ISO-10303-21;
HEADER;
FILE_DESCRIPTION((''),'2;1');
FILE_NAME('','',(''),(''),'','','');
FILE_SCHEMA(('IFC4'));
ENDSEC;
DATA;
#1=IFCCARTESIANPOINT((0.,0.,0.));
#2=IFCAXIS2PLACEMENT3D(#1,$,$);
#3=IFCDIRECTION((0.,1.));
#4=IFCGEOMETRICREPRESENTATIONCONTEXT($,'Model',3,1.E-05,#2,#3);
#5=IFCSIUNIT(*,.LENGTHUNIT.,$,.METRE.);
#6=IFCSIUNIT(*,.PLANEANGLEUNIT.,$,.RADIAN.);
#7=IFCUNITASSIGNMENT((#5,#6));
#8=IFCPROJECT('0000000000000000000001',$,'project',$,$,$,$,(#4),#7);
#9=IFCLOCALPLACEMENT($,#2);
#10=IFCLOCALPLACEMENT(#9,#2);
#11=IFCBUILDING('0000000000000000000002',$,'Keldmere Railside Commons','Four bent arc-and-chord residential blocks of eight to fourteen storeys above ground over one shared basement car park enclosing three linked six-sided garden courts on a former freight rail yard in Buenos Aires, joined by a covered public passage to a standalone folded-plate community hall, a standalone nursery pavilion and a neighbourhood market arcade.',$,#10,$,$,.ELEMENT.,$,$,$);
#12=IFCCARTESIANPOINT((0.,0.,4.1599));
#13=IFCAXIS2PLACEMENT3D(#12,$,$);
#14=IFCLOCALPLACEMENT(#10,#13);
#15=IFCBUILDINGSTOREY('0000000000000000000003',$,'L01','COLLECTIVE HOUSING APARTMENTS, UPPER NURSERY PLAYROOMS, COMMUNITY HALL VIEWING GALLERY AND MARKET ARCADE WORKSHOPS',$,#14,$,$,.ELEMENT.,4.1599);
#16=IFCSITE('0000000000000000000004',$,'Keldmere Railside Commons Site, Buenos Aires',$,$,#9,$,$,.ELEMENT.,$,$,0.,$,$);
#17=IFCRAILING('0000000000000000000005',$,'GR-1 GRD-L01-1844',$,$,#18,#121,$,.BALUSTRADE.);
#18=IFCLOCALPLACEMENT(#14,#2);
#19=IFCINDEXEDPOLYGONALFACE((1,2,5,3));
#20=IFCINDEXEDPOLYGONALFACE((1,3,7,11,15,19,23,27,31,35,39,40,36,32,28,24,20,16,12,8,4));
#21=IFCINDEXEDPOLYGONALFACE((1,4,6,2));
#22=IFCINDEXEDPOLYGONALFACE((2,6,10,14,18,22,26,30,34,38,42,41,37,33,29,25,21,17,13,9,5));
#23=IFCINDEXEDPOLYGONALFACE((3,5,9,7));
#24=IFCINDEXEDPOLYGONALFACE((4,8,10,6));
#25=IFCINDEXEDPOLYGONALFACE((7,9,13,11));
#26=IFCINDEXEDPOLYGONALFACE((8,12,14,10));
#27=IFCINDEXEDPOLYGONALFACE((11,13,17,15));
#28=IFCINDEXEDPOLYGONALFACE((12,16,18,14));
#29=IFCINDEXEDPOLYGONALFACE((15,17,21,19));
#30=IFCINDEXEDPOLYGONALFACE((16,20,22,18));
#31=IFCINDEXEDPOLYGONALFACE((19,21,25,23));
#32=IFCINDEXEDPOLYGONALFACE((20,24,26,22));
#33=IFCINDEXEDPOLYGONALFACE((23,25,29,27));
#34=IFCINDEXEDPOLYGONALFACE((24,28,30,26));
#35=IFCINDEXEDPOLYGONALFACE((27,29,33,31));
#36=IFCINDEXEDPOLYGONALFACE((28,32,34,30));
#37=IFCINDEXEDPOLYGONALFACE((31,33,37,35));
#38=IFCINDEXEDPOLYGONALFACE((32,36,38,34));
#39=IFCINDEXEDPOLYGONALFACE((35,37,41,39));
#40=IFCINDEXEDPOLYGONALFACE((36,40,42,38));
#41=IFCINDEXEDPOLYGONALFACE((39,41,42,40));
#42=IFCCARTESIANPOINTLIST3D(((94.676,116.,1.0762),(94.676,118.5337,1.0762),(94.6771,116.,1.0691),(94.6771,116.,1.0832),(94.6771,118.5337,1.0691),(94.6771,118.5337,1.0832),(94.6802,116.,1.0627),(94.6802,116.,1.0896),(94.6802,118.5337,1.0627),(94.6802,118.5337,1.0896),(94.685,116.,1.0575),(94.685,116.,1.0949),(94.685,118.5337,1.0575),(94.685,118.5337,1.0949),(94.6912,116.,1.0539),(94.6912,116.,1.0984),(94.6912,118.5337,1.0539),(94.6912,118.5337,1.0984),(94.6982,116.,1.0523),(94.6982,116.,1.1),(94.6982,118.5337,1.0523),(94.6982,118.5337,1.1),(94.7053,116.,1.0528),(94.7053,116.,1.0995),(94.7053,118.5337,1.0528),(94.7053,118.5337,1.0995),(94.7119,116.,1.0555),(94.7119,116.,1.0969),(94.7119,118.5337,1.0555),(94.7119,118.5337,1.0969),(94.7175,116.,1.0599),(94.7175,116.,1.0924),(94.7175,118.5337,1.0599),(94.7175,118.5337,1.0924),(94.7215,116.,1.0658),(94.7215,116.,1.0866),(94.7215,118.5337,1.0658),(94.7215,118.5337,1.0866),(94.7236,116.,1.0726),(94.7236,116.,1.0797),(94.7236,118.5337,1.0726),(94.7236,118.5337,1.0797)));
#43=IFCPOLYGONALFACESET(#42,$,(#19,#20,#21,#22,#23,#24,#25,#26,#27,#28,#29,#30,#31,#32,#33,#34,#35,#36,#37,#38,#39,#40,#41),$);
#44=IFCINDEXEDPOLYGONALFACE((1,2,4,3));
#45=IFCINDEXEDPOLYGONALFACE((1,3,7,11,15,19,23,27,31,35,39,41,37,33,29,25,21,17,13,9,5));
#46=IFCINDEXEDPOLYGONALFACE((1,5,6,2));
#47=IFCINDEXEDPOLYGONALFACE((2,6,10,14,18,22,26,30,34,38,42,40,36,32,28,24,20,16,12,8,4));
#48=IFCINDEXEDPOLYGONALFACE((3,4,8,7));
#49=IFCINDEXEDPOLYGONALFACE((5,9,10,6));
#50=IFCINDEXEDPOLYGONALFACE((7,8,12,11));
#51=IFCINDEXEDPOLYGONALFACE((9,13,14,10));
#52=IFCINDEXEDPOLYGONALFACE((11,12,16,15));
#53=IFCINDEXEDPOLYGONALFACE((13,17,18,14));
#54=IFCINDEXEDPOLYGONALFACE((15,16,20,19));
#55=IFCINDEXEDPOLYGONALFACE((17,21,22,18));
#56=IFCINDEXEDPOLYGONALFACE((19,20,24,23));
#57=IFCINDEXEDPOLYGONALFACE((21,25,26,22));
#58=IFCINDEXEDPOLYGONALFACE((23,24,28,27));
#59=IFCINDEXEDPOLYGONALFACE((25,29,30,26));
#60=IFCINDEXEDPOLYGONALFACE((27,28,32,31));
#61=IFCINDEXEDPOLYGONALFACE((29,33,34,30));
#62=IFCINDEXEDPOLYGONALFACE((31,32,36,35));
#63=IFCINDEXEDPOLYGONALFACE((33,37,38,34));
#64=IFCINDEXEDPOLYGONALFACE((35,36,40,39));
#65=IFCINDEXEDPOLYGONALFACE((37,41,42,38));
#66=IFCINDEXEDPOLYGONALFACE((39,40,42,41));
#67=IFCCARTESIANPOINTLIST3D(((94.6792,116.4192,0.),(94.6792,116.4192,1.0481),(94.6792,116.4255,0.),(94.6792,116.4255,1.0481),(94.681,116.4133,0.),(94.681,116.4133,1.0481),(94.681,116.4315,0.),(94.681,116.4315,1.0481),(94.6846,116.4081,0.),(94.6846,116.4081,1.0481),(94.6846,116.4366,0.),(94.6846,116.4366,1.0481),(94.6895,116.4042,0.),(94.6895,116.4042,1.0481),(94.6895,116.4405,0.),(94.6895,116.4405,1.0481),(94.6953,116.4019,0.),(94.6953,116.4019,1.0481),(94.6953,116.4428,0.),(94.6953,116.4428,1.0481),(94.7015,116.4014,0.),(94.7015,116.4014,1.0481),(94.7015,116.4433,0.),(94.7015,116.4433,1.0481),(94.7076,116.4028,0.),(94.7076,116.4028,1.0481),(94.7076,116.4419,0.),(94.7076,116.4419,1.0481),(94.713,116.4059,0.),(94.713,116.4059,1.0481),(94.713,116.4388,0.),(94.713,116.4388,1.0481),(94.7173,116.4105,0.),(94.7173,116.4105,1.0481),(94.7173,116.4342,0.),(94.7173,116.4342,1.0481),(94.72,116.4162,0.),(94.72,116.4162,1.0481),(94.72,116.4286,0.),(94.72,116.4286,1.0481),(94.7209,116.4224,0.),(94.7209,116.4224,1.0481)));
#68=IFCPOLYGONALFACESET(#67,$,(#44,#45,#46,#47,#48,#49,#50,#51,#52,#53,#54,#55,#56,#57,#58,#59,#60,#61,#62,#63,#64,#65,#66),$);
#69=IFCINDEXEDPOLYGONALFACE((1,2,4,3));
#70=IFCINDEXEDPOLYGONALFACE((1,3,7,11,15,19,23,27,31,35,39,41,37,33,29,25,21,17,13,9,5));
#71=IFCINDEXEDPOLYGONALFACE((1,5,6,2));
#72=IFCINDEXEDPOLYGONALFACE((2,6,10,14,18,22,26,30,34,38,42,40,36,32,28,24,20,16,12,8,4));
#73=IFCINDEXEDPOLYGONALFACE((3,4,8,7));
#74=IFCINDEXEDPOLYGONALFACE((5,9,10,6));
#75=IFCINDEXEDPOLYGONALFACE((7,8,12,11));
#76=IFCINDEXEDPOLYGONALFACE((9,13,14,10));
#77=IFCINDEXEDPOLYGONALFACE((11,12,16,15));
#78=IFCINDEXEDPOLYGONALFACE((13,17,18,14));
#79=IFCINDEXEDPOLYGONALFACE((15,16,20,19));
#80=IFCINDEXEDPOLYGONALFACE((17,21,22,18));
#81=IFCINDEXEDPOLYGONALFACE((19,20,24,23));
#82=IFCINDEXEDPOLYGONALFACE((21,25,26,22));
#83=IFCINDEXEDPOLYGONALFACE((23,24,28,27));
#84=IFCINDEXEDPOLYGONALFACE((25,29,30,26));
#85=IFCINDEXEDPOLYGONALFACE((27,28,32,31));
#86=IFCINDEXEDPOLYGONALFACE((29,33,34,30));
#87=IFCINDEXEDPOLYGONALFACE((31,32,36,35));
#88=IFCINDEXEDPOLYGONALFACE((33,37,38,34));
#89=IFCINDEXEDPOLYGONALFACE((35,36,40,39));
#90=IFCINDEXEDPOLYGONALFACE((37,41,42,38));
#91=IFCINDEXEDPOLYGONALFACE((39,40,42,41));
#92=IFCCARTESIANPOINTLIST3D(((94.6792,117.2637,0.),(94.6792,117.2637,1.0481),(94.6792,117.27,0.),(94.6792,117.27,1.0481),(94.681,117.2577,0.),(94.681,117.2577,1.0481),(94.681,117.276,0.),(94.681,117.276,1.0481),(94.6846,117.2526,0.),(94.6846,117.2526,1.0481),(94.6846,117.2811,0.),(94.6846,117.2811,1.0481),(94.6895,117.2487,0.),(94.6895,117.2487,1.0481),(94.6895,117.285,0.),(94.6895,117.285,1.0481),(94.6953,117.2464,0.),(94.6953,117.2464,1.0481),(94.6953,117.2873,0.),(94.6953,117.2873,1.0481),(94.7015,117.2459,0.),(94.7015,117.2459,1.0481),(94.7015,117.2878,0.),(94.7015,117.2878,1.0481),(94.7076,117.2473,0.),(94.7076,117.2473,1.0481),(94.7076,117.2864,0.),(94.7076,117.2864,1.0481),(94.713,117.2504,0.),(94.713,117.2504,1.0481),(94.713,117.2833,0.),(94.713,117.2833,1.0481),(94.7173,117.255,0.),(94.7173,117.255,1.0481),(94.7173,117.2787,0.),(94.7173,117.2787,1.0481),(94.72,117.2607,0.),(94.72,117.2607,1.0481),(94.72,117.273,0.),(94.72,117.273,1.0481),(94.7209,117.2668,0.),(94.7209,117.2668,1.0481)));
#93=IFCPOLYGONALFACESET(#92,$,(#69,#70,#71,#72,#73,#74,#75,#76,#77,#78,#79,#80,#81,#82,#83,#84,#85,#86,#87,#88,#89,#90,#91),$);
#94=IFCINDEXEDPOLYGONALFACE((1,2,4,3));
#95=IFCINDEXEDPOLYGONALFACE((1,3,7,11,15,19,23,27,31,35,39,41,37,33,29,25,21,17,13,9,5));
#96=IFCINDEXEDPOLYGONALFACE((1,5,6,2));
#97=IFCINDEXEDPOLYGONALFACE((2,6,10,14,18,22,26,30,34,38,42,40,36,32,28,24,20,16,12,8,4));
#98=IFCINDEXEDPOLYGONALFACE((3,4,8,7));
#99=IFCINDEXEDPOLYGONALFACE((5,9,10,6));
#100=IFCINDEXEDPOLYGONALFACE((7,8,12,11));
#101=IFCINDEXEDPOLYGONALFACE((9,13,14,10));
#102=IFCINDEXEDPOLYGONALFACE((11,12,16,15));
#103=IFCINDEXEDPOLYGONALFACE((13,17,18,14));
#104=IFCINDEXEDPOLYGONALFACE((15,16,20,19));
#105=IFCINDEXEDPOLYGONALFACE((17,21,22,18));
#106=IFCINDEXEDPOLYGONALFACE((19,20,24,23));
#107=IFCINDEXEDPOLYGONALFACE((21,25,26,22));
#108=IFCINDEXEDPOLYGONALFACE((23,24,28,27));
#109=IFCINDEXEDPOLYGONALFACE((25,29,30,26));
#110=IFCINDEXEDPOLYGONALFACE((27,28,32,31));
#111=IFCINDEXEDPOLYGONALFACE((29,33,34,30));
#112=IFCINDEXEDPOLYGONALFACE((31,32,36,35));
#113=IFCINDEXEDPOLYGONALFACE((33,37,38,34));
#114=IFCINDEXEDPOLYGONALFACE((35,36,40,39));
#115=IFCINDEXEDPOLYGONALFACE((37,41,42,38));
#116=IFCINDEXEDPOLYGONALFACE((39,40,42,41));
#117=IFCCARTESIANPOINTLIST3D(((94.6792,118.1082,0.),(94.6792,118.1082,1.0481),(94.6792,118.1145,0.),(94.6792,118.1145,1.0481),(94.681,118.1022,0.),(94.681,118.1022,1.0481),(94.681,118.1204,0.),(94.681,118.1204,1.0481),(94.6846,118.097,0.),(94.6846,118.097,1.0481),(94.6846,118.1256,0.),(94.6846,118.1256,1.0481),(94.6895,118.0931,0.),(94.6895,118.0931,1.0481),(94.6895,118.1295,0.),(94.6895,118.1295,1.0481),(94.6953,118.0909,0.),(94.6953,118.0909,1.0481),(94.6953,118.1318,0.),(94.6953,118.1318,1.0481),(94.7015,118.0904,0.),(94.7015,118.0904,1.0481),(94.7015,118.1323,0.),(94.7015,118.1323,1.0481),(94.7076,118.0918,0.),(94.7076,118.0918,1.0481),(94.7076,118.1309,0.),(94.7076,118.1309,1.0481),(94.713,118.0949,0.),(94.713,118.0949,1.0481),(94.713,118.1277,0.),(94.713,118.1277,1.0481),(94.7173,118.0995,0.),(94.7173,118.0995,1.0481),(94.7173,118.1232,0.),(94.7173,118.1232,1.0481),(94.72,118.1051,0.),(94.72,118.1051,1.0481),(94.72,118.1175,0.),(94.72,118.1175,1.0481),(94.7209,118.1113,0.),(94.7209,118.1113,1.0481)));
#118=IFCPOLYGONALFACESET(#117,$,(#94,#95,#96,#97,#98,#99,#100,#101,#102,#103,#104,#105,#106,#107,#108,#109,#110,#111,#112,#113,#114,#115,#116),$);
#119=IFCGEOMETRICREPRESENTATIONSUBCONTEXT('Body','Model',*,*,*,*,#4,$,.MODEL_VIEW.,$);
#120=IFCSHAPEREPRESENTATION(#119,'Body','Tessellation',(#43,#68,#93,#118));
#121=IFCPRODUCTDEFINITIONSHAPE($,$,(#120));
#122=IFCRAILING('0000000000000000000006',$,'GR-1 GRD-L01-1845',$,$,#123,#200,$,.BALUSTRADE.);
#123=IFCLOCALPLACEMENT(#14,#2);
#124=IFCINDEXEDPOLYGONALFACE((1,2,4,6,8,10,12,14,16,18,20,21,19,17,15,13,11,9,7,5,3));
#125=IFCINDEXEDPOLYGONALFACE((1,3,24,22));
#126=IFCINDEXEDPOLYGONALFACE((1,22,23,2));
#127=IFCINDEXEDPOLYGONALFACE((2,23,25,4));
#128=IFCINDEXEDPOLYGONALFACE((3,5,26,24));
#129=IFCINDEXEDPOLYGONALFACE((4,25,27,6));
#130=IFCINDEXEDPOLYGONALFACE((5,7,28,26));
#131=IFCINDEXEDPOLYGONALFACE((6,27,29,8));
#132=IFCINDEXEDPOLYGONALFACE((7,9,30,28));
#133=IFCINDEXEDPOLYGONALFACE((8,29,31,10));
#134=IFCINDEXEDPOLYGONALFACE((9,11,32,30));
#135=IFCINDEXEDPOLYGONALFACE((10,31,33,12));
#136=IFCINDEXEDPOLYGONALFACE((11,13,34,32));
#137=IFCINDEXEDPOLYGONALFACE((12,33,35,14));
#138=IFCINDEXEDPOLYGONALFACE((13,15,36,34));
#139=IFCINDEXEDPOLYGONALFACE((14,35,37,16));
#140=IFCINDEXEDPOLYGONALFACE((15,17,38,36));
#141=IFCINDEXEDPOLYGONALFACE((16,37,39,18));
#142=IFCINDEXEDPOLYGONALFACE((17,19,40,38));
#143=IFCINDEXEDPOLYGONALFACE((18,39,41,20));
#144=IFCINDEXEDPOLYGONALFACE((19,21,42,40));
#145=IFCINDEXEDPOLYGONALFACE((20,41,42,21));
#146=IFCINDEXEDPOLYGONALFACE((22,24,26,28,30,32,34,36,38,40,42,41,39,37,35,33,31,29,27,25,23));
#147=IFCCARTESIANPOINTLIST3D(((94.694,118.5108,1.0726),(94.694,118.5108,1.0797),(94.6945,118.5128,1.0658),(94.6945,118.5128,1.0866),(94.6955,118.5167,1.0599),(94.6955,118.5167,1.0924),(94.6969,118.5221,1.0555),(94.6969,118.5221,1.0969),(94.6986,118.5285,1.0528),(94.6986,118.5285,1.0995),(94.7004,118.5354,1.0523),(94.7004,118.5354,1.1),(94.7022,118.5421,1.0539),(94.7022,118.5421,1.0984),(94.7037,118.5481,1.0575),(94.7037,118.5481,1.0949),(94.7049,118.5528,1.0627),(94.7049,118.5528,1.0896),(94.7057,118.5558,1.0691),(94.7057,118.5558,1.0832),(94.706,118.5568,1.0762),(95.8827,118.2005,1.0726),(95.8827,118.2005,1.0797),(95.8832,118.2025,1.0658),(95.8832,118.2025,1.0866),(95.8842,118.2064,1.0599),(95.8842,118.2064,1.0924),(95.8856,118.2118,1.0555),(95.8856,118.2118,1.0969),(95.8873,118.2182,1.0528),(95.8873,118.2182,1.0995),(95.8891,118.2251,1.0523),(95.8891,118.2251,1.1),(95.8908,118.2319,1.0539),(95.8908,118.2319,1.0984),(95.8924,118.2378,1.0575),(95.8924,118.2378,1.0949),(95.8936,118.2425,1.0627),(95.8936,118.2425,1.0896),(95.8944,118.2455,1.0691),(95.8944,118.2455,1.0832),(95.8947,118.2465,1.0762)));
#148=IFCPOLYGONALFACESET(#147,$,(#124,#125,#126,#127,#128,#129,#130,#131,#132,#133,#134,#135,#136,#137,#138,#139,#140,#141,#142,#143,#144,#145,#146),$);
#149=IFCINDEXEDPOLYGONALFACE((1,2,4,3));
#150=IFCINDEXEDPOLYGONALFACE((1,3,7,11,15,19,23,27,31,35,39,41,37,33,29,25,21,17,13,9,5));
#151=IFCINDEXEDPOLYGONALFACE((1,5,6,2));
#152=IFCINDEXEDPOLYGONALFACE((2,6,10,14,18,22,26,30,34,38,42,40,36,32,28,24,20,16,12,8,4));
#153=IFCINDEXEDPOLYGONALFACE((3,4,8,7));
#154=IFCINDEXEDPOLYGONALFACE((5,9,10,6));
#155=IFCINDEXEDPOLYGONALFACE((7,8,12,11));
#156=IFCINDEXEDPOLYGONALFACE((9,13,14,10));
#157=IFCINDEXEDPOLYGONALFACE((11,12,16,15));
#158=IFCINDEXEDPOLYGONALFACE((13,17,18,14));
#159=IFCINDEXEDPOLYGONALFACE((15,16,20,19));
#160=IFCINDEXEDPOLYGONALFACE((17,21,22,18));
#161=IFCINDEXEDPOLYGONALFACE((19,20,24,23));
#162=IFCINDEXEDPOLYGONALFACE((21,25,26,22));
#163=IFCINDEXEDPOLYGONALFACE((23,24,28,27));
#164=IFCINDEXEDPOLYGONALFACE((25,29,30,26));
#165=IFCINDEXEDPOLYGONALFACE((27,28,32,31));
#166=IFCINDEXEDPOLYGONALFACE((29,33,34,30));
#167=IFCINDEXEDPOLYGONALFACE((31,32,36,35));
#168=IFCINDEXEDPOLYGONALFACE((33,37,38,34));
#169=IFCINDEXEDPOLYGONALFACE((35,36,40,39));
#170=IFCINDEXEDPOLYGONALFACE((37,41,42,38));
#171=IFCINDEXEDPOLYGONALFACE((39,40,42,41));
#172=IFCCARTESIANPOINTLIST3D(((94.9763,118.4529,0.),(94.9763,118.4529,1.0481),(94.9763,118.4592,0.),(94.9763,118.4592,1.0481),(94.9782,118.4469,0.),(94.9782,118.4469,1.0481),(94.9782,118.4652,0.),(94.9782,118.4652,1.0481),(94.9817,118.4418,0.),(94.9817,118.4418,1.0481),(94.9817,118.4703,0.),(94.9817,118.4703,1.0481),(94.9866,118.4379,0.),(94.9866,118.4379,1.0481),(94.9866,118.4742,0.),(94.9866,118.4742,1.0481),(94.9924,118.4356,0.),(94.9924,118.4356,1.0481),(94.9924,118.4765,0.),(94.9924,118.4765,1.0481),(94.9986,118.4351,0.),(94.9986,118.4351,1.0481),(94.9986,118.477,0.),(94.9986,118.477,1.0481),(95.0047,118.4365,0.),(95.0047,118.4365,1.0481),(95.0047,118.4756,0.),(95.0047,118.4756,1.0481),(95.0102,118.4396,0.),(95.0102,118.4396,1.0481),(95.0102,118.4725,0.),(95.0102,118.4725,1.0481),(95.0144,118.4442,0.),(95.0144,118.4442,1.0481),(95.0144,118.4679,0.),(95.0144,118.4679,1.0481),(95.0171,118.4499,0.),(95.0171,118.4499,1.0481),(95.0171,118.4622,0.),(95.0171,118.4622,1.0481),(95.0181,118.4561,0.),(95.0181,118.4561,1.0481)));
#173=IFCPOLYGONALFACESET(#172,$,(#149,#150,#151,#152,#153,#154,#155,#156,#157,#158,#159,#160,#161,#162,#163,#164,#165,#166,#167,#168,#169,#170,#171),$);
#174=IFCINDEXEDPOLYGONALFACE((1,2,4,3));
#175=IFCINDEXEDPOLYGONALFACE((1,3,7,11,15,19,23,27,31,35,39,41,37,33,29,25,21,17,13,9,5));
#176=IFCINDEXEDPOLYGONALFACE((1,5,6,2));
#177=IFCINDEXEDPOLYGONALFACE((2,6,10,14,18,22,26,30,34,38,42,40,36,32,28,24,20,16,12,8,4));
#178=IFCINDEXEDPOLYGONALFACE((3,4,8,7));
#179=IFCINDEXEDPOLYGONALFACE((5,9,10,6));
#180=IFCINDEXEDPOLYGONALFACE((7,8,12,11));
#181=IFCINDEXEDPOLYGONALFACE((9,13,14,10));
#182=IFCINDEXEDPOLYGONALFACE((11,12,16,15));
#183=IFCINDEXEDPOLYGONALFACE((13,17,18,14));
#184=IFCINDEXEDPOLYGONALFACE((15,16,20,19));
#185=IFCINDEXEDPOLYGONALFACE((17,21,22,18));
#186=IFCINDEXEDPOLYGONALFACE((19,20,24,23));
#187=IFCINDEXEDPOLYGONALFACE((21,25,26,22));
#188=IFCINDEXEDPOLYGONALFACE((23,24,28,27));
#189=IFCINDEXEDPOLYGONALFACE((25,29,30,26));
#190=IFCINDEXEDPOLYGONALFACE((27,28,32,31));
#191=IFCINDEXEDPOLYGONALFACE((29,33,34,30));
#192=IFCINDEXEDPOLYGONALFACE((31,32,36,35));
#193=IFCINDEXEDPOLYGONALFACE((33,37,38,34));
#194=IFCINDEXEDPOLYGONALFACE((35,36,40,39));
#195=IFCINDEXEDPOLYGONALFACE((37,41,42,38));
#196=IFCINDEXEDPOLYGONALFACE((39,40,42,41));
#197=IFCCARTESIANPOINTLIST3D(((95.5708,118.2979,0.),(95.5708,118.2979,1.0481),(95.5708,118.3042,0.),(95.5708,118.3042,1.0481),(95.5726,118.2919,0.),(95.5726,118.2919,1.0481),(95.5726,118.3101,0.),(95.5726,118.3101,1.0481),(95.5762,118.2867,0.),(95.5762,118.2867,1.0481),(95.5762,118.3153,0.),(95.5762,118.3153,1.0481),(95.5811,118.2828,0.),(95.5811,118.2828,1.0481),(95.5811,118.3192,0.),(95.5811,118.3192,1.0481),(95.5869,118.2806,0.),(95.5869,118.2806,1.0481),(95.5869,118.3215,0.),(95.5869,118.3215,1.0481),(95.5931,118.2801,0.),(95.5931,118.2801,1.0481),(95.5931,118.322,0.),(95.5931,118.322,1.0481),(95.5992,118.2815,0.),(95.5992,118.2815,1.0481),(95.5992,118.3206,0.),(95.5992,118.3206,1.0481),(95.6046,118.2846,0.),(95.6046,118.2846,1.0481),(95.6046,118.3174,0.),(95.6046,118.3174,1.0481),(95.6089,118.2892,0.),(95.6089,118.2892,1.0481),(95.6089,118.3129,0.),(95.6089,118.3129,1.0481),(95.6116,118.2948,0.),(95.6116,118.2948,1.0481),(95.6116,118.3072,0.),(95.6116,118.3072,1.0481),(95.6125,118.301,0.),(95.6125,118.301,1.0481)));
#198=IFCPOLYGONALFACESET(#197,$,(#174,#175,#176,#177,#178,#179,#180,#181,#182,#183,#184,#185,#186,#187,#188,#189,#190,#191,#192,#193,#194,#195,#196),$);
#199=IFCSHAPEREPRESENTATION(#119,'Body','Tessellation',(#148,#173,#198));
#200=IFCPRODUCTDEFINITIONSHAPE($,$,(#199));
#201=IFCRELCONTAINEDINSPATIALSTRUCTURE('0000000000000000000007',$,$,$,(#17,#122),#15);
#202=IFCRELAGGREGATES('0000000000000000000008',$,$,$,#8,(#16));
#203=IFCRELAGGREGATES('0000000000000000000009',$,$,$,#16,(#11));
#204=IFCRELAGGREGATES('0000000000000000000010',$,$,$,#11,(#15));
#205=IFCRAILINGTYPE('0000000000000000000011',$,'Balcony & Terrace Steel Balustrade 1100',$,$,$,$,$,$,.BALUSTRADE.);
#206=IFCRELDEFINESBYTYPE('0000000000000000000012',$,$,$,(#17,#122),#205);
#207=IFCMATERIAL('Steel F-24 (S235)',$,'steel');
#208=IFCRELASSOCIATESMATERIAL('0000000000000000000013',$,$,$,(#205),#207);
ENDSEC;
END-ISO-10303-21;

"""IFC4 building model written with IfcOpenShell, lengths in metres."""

from ifc_helpers import new_model, si_unit, direction, frame, origin, origin_2d, place, context, subcontext, project, spatial, circle, extrude, material, type_object, element, save


model = new_model("IFC4")

# Units and contexts
model_context = context("Model", 3, precision=1e-05, world=origin(), true_north=direction((0.0, 1.0)))
body_context = subcontext(model_context, "Body", "Model", "MODEL_VIEW")
ifc_project = project(units=[si_unit("LENGTHUNIT", "METRE"), si_unit("PLANEANGLEUNIT", "RADIAN")], contexts=[model_context])

# Site, building, storey
site_placement = place(None, origin())
site = spatial("IfcSite", under=ifc_project, at=site_placement, Name="Keldmere Railside Commons Site, Buenos Aires", CompositionType="ELEMENT", RefElevation=0.0)
building_placement = place(site_placement, origin())
building = spatial("IfcBuilding", under=site, at=building_placement, Name="Keldmere Railside Commons", Description="Four bent arc-and-chord residential blocks of eight to fourteen storeys above ground over one shared basement car park enclosing three linked six-sided garden courts on a former freight rail yard in Buenos Aires, joined by a covered public passage to a standalone folded-plate community hall, a standalone nursery pavilion and a neighbourhood market arcade.", CompositionType="ELEMENT")
storey_placement = place(building_placement, frame((0.0, 0.0, 4.1599)))
storey = spatial("IfcBuildingStorey", under=building, at=storey_placement, Name="L01", Description="COLLECTIVE HOUSING APARTMENTS, UPPER NURSERY PLAYROOMS, COMMUNITY HALL VIEWING GALLERY AND MARKET ARCADE WORKSHOPS", CompositionType="ELEMENT", Elevation=4.1599)

# Railings
ifc_material_1 = material(Name="Steel F-24 (S235)", Category="steel")
railing_type = type_object("IfcRailingType", Name="Balcony & Terrace Steel Balustrade 1100", PredefinedType="BALUSTRADE", material=ifc_material_1)
railing_1_placement = place(storey_placement, frame((94.7, 116.0, 0.0)))
element("IfcRailing", 1, at=railing_1_placement, inside=storey, type_object=railing_type, Name="GR-1 GRD-L01-1844", PredefinedType="BALUSTRADE", context=body_context, shape_type="SweptSolid", body=[
    extrude(circle(Radius=0.0239, at=origin_2d()), frame((0.0, 0.0, 1.0762), z_axis=(0.0, 1.0, 0.0), x_axis=(-1.0, 0.0, 0.0)), (0.0, 0.0, 1.0), 2.5337),
    extrude(circle(Radius=0.021, at=origin_2d()), frame((0.0, 0.4224, 0.0)), (0.0, 0.0, 1.0), 1.0481),
    extrude(circle(Radius=0.021, at=origin_2d()), frame((0.0, 1.2668, 0.0)), (0.0, 0.0, 1.0), 1.0481),
    extrude(circle(Radius=0.021, at=origin_2d()), frame((0.0, 2.1113, 0.0)), (0.0, 0.0, 1.0), 1.0481),
])
railing_2_placement = place(storey_placement, frame((94.7, 118.5337, 0.0)))
element("IfcRailing", 2, at=railing_2_placement, inside=storey, type_object=railing_type, Name="GR-1 GRD-L01-1845", PredefinedType="BALUSTRADE", context=body_context, shape_type="SweptSolid", body=[
    extrude(circle(Radius=0.0239, at=origin_2d()), frame((0.0, 0.0, 1.0762), z_axis=(0.967577, -0.252576, 0.0), x_axis=(0.252576, 0.967577, 0.0)), (0.0, 0.0, 1.0), 1.2285),
    extrude(circle(Radius=0.021, at=origin_2d()), frame((0.2971, -0.0776, 0.0)), (0.0, 0.0, 1.0), 1.0481),
    extrude(circle(Radius=0.021, at=origin_2d()), frame((0.8916, -0.2327, 0.0)), (0.0, 0.0, 1.0), 1.0481),
])

save(model, "model.ifc")
